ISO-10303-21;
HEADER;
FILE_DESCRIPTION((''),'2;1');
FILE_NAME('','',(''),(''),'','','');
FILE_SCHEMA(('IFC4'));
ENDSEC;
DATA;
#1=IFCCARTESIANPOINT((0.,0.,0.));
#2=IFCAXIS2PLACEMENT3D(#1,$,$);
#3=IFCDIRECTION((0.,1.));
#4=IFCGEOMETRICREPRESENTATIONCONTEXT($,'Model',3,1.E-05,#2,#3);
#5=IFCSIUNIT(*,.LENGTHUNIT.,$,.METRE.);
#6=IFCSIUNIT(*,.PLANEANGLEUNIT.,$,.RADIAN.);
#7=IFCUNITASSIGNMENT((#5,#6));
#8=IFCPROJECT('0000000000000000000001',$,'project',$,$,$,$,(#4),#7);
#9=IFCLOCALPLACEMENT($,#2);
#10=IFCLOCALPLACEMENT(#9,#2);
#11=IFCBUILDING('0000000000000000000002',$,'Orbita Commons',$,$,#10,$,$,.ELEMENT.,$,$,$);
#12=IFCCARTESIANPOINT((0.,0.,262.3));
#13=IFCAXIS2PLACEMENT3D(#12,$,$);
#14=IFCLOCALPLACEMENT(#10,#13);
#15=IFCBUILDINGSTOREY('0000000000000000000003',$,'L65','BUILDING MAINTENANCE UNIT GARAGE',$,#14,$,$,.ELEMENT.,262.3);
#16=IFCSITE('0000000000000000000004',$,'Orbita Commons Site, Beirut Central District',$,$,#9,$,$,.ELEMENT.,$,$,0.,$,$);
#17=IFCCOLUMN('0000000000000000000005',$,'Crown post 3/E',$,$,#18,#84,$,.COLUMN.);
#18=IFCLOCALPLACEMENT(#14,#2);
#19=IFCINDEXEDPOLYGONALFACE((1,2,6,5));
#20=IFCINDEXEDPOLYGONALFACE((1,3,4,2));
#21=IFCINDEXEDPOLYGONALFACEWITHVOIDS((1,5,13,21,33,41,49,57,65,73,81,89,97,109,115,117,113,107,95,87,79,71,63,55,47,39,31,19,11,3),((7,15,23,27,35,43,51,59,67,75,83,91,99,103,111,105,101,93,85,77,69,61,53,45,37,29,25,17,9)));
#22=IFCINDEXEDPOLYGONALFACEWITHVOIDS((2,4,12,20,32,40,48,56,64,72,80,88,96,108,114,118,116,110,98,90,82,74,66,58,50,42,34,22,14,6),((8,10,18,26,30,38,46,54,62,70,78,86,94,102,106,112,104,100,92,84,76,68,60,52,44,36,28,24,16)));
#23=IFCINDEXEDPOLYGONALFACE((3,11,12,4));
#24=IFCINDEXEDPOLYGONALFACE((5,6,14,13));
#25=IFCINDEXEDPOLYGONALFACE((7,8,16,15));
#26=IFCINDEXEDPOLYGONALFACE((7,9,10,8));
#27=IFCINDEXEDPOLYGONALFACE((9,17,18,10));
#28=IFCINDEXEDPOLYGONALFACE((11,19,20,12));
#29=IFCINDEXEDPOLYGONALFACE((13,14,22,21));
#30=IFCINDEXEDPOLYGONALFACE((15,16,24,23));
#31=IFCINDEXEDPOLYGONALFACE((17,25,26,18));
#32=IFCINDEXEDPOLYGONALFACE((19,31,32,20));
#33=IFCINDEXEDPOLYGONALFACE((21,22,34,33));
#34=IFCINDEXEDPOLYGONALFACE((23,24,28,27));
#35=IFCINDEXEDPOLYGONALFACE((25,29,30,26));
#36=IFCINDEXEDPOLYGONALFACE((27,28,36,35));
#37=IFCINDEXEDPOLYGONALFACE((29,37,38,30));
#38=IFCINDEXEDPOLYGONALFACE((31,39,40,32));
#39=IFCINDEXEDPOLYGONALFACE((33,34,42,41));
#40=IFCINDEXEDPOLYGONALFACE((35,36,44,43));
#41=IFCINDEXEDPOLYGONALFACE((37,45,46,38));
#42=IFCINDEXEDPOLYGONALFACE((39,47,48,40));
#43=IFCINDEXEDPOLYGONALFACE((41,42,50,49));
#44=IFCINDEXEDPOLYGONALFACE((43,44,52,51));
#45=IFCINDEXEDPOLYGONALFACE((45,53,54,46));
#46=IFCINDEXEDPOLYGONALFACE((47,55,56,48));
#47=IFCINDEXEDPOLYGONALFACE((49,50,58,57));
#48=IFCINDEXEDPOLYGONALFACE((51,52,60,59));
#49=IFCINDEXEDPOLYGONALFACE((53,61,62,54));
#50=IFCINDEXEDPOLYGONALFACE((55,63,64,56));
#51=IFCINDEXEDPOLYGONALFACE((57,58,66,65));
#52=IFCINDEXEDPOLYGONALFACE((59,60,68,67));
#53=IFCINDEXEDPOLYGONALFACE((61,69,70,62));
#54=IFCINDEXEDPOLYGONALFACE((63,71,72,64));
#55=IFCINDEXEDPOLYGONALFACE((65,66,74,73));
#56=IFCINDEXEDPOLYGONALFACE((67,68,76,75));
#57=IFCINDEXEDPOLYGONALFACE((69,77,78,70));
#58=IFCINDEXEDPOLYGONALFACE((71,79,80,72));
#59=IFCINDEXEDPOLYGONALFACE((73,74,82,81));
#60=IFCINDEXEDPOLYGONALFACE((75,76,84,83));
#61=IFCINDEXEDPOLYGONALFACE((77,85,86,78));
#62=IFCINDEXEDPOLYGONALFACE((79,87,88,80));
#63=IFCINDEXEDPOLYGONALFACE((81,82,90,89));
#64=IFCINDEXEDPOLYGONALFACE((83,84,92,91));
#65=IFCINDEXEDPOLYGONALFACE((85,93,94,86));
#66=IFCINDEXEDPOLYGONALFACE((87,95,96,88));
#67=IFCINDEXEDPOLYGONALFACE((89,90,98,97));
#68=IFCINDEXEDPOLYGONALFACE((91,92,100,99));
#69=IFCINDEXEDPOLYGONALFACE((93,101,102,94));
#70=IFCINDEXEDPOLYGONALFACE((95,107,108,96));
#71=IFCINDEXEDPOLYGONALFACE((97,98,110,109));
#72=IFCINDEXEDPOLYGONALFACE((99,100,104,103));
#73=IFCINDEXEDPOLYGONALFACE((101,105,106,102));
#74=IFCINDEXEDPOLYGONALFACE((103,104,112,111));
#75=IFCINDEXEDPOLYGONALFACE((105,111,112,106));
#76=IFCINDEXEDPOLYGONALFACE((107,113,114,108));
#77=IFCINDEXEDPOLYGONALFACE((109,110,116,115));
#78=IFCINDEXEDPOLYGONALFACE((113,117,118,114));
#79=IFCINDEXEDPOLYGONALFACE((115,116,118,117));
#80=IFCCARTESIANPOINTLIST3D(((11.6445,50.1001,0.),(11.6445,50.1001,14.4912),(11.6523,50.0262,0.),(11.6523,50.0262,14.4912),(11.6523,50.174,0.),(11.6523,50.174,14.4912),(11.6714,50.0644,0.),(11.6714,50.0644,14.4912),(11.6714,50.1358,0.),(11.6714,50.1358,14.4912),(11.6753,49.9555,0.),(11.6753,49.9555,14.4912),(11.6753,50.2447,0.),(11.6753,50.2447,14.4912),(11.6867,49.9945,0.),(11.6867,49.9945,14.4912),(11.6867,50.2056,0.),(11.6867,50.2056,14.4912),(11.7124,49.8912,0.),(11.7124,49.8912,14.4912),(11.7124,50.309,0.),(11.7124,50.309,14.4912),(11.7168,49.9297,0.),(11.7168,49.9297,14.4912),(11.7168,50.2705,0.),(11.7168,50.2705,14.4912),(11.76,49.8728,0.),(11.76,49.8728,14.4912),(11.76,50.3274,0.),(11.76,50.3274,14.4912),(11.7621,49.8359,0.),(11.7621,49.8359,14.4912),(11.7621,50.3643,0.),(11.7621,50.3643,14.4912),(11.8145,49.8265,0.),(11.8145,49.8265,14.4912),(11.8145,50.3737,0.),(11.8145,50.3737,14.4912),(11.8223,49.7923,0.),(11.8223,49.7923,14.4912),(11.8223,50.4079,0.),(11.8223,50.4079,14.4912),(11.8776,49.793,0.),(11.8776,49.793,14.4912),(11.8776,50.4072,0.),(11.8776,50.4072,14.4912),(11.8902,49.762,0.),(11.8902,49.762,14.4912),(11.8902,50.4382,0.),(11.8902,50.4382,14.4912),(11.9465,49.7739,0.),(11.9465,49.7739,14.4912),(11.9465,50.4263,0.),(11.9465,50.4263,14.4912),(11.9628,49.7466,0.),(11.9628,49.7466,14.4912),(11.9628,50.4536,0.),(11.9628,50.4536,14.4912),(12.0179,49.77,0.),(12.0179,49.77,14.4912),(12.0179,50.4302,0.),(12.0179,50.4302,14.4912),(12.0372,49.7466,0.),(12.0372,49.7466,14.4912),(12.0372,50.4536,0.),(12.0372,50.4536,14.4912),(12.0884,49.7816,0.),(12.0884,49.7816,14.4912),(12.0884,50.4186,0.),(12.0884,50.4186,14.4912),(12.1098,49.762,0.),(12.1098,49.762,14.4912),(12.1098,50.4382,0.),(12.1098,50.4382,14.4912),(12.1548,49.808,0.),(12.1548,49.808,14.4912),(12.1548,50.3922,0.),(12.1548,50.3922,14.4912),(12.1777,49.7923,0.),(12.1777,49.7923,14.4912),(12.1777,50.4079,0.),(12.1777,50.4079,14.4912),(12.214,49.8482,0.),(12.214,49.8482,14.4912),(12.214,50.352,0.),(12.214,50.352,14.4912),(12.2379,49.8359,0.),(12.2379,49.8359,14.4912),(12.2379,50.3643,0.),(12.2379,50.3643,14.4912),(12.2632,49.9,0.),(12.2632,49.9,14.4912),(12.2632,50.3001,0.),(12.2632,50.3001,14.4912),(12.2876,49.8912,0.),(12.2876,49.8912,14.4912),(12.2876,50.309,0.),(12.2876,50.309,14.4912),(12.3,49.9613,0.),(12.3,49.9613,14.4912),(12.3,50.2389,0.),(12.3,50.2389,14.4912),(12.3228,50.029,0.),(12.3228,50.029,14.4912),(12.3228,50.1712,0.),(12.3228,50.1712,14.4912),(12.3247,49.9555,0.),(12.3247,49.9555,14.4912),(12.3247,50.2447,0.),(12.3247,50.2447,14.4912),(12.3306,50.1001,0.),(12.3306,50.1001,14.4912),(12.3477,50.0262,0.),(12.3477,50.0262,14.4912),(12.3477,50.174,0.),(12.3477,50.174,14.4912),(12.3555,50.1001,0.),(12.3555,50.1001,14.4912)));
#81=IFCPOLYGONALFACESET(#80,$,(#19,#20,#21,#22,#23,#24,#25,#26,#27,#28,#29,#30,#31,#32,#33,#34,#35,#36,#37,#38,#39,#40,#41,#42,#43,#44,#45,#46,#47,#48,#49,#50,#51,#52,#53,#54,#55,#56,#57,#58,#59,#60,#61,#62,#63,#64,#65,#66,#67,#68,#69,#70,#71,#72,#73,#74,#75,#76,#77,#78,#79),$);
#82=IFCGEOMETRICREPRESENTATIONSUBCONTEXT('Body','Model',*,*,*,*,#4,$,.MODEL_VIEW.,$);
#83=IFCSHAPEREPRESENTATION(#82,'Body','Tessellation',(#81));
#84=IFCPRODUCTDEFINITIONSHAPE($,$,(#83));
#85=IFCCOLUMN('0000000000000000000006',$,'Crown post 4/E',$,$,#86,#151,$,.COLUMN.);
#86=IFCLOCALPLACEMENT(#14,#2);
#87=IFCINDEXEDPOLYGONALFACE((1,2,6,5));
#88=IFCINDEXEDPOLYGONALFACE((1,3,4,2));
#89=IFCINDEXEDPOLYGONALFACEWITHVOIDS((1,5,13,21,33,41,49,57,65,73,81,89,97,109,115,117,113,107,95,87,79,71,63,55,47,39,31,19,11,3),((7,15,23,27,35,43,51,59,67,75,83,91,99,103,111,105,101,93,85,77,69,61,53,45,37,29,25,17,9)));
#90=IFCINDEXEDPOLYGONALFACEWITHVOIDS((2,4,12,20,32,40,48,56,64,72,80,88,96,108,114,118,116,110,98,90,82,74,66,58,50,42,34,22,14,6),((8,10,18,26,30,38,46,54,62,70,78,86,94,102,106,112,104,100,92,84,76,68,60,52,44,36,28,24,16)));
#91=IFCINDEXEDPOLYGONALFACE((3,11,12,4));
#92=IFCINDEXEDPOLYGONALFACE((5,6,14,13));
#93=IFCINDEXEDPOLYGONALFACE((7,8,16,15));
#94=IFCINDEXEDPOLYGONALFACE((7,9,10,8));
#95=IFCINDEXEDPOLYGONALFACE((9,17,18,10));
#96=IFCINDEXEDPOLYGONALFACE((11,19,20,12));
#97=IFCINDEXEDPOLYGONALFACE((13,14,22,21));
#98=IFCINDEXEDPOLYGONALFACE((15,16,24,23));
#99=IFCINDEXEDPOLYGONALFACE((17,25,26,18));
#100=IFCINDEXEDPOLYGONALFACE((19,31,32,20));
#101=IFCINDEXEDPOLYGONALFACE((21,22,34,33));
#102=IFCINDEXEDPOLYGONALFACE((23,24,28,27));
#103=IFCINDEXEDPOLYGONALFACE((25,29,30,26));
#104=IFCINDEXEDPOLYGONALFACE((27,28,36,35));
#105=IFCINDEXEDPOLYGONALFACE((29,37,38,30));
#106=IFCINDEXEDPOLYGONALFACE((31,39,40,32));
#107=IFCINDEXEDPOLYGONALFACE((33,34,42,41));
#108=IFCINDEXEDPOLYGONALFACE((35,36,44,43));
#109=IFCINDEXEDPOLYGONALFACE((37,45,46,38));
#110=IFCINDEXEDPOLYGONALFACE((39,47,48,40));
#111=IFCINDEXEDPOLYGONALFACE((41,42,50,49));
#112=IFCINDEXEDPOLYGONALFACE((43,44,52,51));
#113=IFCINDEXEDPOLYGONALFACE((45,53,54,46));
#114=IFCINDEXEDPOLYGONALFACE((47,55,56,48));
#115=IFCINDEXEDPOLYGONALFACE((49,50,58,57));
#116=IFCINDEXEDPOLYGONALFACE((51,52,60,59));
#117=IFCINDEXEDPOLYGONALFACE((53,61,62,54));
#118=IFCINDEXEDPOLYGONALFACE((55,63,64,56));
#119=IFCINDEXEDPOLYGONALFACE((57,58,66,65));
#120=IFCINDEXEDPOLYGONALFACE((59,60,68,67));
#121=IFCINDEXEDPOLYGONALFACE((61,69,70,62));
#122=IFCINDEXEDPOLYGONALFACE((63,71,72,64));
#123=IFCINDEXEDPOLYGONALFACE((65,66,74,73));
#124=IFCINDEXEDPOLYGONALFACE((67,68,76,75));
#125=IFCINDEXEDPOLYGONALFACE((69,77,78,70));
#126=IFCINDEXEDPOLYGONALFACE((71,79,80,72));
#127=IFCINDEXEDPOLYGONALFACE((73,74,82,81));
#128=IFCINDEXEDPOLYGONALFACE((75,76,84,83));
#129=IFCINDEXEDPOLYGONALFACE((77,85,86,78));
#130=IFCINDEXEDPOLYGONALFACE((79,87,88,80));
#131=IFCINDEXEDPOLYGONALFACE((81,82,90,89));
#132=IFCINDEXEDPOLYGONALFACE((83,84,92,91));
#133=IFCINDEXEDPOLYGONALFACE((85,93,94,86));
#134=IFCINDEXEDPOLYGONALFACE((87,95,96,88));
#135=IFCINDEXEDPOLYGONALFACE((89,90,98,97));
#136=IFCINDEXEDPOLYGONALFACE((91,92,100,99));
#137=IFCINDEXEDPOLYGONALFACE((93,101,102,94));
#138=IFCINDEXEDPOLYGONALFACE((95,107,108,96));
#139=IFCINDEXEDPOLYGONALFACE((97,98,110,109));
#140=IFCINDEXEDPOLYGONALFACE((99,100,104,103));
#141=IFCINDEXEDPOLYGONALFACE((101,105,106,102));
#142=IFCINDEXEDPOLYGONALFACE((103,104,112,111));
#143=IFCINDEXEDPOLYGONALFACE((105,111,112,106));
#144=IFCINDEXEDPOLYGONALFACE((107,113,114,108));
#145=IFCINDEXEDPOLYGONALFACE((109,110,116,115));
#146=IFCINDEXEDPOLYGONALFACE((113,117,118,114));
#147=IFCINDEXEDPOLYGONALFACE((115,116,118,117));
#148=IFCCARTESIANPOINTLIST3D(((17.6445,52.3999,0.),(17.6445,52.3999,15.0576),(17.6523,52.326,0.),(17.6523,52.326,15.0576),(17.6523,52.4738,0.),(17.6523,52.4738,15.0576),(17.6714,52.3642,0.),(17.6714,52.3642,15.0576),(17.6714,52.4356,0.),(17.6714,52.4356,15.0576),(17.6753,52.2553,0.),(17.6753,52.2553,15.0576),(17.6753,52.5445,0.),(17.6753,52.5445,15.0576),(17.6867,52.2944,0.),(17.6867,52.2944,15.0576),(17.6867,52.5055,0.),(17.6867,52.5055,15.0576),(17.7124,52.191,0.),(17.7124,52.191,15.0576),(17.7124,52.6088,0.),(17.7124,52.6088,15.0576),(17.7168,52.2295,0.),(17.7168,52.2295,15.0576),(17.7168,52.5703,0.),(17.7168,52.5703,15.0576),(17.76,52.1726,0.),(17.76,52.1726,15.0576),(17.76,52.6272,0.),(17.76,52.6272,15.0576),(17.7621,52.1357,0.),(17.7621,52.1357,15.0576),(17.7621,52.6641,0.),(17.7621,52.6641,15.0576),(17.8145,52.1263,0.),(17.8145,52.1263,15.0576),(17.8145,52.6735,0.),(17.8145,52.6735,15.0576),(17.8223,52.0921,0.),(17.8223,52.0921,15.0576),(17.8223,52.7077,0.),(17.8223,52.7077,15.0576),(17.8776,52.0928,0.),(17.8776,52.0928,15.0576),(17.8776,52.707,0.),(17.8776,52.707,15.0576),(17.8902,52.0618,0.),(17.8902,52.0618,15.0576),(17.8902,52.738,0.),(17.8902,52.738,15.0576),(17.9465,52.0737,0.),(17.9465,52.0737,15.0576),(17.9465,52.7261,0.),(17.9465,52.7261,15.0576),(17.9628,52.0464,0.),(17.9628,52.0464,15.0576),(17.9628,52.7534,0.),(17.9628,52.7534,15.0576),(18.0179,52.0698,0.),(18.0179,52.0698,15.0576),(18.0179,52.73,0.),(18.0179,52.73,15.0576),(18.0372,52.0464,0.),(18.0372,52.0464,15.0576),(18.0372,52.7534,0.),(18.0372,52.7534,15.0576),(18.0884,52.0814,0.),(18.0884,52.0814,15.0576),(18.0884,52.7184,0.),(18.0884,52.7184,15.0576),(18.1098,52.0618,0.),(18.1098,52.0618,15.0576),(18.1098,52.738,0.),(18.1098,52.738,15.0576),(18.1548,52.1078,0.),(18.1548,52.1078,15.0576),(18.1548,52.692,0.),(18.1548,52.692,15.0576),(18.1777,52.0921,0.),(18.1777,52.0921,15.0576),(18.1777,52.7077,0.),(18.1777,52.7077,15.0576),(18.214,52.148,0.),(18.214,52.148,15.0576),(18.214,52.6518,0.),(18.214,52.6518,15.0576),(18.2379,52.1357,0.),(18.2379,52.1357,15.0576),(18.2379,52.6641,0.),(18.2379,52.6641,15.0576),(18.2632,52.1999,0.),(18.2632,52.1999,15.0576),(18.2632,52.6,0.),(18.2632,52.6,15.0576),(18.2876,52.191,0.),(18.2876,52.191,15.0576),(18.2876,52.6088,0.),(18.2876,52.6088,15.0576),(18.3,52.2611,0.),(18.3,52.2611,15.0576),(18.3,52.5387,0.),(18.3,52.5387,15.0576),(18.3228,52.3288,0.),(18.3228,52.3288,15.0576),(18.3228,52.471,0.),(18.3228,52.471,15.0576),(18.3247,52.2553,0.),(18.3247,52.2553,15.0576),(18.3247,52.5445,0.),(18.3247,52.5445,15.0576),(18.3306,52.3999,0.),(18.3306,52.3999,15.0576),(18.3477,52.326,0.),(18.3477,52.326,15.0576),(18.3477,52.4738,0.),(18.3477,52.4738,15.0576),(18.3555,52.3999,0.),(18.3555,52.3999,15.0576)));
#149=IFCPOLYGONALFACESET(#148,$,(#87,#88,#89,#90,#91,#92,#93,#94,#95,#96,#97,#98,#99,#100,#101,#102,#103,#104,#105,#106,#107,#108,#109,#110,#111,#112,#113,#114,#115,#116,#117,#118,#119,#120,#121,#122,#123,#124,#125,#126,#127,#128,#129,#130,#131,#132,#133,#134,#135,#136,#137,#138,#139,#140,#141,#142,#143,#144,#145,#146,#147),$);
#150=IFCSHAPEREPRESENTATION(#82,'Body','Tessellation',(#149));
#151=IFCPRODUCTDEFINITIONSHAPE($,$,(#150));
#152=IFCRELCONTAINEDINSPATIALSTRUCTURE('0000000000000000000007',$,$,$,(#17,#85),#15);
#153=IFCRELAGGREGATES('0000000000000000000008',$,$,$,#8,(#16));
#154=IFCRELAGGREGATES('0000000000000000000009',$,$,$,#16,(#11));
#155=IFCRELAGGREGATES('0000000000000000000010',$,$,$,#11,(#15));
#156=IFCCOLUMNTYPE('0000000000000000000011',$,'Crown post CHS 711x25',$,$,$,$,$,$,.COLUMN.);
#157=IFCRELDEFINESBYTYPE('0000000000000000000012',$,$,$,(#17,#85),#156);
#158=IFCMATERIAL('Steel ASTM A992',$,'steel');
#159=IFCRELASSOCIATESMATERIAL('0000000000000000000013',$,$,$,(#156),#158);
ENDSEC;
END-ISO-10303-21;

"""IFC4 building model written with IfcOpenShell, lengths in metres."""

from ifc_helpers import new_model, si_unit, direction, frame, origin, origin_2d, place, context, subcontext, project, spatial, hollow_circle, extrude, material, material_profile, profile_set, type_object, element, save


model = new_model("IFC4")

# Units and contexts
model_context = context("Model", 3, precision=1e-05, world=origin(), true_north=direction((0.0, 1.0)))
body_context = subcontext(model_context, "Body", "Model", "MODEL_VIEW")
ifc_project = project(units=[si_unit("LENGTHUNIT", "METRE"), si_unit("PLANEANGLEUNIT", "RADIAN")], contexts=[model_context])

# Site, building, storey
site_placement = place(None, origin())
site = spatial("IfcSite", under=ifc_project, at=site_placement, Name="Orbita Commons Site, Beirut Central District", CompositionType="ELEMENT", RefElevation=0.0)
building_placement = place(site_placement, origin())
building = spatial("IfcBuilding", under=site, at=building_placement, Name="Orbita Commons", CompositionType="ELEMENT")
storey_placement = place(building_placement, frame((0.0, 0.0, 262.3)))
storey = spatial("IfcBuildingStorey", under=building, at=storey_placement, Name="L65", Description="BUILDING MAINTENANCE UNIT GARAGE", CompositionType="ELEMENT", Elevation=262.3)

# Columns
ifc_material_1 = material(Name="Steel ASTM A992", Category="steel")
ifc_material_profile_1 = material_profile(ifc_material_1, hollow_circle(Radius=0.3555, WallThickness=0.0249, at=origin_2d()), Name="CHS 711x25")
ifc_profile_set_1 = profile_set([ifc_material_profile_1], Name="Steel ASTM A992")
column_type = type_object("IfcColumnType", Name="Crown post CHS 711x25", PredefinedType="COLUMN", material=ifc_profile_set_1)
column_placement = place(storey_placement, frame((12.0, 50.1001, 0.0), z_axis=(0.0, 0.0, 1.0), x_axis=(1.0, 0.0, 0.0)))
element("IfcColumn", 1, at=column_placement, inside=storey, type_object=column_type, Name="Crown post 3/E", PredefinedType="COLUMN", context=body_context, shape_type="SweptSolid", body=[
    extrude(hollow_circle(Radius=0.3555, WallThickness=0.0249, at=origin_2d()), origin(), (0.0, 0.0, 1.0), 14.4912),
])
for number, where, z_axis, x_axis, name in (
    (2, (18.0, 52.3999, 0.0), (0.0, 0.0, 1.0), (1.0, 0.0, 0.0), "Crown post 4/E"),
):
    element("IfcColumn", number, at=place(storey_placement, frame(where, z_axis=z_axis, x_axis=x_axis)), inside=storey, type_object=column_type, Name=name, PredefinedType="COLUMN", context=body_context, shape_type="SweptSolid", body=[
        extrude(hollow_circle(Radius=0.3555, WallThickness=0.0249, at=origin_2d()), origin(), (0.0, 0.0, 1.0), 15.0576),
    ])

save(model, "model.ifc")
